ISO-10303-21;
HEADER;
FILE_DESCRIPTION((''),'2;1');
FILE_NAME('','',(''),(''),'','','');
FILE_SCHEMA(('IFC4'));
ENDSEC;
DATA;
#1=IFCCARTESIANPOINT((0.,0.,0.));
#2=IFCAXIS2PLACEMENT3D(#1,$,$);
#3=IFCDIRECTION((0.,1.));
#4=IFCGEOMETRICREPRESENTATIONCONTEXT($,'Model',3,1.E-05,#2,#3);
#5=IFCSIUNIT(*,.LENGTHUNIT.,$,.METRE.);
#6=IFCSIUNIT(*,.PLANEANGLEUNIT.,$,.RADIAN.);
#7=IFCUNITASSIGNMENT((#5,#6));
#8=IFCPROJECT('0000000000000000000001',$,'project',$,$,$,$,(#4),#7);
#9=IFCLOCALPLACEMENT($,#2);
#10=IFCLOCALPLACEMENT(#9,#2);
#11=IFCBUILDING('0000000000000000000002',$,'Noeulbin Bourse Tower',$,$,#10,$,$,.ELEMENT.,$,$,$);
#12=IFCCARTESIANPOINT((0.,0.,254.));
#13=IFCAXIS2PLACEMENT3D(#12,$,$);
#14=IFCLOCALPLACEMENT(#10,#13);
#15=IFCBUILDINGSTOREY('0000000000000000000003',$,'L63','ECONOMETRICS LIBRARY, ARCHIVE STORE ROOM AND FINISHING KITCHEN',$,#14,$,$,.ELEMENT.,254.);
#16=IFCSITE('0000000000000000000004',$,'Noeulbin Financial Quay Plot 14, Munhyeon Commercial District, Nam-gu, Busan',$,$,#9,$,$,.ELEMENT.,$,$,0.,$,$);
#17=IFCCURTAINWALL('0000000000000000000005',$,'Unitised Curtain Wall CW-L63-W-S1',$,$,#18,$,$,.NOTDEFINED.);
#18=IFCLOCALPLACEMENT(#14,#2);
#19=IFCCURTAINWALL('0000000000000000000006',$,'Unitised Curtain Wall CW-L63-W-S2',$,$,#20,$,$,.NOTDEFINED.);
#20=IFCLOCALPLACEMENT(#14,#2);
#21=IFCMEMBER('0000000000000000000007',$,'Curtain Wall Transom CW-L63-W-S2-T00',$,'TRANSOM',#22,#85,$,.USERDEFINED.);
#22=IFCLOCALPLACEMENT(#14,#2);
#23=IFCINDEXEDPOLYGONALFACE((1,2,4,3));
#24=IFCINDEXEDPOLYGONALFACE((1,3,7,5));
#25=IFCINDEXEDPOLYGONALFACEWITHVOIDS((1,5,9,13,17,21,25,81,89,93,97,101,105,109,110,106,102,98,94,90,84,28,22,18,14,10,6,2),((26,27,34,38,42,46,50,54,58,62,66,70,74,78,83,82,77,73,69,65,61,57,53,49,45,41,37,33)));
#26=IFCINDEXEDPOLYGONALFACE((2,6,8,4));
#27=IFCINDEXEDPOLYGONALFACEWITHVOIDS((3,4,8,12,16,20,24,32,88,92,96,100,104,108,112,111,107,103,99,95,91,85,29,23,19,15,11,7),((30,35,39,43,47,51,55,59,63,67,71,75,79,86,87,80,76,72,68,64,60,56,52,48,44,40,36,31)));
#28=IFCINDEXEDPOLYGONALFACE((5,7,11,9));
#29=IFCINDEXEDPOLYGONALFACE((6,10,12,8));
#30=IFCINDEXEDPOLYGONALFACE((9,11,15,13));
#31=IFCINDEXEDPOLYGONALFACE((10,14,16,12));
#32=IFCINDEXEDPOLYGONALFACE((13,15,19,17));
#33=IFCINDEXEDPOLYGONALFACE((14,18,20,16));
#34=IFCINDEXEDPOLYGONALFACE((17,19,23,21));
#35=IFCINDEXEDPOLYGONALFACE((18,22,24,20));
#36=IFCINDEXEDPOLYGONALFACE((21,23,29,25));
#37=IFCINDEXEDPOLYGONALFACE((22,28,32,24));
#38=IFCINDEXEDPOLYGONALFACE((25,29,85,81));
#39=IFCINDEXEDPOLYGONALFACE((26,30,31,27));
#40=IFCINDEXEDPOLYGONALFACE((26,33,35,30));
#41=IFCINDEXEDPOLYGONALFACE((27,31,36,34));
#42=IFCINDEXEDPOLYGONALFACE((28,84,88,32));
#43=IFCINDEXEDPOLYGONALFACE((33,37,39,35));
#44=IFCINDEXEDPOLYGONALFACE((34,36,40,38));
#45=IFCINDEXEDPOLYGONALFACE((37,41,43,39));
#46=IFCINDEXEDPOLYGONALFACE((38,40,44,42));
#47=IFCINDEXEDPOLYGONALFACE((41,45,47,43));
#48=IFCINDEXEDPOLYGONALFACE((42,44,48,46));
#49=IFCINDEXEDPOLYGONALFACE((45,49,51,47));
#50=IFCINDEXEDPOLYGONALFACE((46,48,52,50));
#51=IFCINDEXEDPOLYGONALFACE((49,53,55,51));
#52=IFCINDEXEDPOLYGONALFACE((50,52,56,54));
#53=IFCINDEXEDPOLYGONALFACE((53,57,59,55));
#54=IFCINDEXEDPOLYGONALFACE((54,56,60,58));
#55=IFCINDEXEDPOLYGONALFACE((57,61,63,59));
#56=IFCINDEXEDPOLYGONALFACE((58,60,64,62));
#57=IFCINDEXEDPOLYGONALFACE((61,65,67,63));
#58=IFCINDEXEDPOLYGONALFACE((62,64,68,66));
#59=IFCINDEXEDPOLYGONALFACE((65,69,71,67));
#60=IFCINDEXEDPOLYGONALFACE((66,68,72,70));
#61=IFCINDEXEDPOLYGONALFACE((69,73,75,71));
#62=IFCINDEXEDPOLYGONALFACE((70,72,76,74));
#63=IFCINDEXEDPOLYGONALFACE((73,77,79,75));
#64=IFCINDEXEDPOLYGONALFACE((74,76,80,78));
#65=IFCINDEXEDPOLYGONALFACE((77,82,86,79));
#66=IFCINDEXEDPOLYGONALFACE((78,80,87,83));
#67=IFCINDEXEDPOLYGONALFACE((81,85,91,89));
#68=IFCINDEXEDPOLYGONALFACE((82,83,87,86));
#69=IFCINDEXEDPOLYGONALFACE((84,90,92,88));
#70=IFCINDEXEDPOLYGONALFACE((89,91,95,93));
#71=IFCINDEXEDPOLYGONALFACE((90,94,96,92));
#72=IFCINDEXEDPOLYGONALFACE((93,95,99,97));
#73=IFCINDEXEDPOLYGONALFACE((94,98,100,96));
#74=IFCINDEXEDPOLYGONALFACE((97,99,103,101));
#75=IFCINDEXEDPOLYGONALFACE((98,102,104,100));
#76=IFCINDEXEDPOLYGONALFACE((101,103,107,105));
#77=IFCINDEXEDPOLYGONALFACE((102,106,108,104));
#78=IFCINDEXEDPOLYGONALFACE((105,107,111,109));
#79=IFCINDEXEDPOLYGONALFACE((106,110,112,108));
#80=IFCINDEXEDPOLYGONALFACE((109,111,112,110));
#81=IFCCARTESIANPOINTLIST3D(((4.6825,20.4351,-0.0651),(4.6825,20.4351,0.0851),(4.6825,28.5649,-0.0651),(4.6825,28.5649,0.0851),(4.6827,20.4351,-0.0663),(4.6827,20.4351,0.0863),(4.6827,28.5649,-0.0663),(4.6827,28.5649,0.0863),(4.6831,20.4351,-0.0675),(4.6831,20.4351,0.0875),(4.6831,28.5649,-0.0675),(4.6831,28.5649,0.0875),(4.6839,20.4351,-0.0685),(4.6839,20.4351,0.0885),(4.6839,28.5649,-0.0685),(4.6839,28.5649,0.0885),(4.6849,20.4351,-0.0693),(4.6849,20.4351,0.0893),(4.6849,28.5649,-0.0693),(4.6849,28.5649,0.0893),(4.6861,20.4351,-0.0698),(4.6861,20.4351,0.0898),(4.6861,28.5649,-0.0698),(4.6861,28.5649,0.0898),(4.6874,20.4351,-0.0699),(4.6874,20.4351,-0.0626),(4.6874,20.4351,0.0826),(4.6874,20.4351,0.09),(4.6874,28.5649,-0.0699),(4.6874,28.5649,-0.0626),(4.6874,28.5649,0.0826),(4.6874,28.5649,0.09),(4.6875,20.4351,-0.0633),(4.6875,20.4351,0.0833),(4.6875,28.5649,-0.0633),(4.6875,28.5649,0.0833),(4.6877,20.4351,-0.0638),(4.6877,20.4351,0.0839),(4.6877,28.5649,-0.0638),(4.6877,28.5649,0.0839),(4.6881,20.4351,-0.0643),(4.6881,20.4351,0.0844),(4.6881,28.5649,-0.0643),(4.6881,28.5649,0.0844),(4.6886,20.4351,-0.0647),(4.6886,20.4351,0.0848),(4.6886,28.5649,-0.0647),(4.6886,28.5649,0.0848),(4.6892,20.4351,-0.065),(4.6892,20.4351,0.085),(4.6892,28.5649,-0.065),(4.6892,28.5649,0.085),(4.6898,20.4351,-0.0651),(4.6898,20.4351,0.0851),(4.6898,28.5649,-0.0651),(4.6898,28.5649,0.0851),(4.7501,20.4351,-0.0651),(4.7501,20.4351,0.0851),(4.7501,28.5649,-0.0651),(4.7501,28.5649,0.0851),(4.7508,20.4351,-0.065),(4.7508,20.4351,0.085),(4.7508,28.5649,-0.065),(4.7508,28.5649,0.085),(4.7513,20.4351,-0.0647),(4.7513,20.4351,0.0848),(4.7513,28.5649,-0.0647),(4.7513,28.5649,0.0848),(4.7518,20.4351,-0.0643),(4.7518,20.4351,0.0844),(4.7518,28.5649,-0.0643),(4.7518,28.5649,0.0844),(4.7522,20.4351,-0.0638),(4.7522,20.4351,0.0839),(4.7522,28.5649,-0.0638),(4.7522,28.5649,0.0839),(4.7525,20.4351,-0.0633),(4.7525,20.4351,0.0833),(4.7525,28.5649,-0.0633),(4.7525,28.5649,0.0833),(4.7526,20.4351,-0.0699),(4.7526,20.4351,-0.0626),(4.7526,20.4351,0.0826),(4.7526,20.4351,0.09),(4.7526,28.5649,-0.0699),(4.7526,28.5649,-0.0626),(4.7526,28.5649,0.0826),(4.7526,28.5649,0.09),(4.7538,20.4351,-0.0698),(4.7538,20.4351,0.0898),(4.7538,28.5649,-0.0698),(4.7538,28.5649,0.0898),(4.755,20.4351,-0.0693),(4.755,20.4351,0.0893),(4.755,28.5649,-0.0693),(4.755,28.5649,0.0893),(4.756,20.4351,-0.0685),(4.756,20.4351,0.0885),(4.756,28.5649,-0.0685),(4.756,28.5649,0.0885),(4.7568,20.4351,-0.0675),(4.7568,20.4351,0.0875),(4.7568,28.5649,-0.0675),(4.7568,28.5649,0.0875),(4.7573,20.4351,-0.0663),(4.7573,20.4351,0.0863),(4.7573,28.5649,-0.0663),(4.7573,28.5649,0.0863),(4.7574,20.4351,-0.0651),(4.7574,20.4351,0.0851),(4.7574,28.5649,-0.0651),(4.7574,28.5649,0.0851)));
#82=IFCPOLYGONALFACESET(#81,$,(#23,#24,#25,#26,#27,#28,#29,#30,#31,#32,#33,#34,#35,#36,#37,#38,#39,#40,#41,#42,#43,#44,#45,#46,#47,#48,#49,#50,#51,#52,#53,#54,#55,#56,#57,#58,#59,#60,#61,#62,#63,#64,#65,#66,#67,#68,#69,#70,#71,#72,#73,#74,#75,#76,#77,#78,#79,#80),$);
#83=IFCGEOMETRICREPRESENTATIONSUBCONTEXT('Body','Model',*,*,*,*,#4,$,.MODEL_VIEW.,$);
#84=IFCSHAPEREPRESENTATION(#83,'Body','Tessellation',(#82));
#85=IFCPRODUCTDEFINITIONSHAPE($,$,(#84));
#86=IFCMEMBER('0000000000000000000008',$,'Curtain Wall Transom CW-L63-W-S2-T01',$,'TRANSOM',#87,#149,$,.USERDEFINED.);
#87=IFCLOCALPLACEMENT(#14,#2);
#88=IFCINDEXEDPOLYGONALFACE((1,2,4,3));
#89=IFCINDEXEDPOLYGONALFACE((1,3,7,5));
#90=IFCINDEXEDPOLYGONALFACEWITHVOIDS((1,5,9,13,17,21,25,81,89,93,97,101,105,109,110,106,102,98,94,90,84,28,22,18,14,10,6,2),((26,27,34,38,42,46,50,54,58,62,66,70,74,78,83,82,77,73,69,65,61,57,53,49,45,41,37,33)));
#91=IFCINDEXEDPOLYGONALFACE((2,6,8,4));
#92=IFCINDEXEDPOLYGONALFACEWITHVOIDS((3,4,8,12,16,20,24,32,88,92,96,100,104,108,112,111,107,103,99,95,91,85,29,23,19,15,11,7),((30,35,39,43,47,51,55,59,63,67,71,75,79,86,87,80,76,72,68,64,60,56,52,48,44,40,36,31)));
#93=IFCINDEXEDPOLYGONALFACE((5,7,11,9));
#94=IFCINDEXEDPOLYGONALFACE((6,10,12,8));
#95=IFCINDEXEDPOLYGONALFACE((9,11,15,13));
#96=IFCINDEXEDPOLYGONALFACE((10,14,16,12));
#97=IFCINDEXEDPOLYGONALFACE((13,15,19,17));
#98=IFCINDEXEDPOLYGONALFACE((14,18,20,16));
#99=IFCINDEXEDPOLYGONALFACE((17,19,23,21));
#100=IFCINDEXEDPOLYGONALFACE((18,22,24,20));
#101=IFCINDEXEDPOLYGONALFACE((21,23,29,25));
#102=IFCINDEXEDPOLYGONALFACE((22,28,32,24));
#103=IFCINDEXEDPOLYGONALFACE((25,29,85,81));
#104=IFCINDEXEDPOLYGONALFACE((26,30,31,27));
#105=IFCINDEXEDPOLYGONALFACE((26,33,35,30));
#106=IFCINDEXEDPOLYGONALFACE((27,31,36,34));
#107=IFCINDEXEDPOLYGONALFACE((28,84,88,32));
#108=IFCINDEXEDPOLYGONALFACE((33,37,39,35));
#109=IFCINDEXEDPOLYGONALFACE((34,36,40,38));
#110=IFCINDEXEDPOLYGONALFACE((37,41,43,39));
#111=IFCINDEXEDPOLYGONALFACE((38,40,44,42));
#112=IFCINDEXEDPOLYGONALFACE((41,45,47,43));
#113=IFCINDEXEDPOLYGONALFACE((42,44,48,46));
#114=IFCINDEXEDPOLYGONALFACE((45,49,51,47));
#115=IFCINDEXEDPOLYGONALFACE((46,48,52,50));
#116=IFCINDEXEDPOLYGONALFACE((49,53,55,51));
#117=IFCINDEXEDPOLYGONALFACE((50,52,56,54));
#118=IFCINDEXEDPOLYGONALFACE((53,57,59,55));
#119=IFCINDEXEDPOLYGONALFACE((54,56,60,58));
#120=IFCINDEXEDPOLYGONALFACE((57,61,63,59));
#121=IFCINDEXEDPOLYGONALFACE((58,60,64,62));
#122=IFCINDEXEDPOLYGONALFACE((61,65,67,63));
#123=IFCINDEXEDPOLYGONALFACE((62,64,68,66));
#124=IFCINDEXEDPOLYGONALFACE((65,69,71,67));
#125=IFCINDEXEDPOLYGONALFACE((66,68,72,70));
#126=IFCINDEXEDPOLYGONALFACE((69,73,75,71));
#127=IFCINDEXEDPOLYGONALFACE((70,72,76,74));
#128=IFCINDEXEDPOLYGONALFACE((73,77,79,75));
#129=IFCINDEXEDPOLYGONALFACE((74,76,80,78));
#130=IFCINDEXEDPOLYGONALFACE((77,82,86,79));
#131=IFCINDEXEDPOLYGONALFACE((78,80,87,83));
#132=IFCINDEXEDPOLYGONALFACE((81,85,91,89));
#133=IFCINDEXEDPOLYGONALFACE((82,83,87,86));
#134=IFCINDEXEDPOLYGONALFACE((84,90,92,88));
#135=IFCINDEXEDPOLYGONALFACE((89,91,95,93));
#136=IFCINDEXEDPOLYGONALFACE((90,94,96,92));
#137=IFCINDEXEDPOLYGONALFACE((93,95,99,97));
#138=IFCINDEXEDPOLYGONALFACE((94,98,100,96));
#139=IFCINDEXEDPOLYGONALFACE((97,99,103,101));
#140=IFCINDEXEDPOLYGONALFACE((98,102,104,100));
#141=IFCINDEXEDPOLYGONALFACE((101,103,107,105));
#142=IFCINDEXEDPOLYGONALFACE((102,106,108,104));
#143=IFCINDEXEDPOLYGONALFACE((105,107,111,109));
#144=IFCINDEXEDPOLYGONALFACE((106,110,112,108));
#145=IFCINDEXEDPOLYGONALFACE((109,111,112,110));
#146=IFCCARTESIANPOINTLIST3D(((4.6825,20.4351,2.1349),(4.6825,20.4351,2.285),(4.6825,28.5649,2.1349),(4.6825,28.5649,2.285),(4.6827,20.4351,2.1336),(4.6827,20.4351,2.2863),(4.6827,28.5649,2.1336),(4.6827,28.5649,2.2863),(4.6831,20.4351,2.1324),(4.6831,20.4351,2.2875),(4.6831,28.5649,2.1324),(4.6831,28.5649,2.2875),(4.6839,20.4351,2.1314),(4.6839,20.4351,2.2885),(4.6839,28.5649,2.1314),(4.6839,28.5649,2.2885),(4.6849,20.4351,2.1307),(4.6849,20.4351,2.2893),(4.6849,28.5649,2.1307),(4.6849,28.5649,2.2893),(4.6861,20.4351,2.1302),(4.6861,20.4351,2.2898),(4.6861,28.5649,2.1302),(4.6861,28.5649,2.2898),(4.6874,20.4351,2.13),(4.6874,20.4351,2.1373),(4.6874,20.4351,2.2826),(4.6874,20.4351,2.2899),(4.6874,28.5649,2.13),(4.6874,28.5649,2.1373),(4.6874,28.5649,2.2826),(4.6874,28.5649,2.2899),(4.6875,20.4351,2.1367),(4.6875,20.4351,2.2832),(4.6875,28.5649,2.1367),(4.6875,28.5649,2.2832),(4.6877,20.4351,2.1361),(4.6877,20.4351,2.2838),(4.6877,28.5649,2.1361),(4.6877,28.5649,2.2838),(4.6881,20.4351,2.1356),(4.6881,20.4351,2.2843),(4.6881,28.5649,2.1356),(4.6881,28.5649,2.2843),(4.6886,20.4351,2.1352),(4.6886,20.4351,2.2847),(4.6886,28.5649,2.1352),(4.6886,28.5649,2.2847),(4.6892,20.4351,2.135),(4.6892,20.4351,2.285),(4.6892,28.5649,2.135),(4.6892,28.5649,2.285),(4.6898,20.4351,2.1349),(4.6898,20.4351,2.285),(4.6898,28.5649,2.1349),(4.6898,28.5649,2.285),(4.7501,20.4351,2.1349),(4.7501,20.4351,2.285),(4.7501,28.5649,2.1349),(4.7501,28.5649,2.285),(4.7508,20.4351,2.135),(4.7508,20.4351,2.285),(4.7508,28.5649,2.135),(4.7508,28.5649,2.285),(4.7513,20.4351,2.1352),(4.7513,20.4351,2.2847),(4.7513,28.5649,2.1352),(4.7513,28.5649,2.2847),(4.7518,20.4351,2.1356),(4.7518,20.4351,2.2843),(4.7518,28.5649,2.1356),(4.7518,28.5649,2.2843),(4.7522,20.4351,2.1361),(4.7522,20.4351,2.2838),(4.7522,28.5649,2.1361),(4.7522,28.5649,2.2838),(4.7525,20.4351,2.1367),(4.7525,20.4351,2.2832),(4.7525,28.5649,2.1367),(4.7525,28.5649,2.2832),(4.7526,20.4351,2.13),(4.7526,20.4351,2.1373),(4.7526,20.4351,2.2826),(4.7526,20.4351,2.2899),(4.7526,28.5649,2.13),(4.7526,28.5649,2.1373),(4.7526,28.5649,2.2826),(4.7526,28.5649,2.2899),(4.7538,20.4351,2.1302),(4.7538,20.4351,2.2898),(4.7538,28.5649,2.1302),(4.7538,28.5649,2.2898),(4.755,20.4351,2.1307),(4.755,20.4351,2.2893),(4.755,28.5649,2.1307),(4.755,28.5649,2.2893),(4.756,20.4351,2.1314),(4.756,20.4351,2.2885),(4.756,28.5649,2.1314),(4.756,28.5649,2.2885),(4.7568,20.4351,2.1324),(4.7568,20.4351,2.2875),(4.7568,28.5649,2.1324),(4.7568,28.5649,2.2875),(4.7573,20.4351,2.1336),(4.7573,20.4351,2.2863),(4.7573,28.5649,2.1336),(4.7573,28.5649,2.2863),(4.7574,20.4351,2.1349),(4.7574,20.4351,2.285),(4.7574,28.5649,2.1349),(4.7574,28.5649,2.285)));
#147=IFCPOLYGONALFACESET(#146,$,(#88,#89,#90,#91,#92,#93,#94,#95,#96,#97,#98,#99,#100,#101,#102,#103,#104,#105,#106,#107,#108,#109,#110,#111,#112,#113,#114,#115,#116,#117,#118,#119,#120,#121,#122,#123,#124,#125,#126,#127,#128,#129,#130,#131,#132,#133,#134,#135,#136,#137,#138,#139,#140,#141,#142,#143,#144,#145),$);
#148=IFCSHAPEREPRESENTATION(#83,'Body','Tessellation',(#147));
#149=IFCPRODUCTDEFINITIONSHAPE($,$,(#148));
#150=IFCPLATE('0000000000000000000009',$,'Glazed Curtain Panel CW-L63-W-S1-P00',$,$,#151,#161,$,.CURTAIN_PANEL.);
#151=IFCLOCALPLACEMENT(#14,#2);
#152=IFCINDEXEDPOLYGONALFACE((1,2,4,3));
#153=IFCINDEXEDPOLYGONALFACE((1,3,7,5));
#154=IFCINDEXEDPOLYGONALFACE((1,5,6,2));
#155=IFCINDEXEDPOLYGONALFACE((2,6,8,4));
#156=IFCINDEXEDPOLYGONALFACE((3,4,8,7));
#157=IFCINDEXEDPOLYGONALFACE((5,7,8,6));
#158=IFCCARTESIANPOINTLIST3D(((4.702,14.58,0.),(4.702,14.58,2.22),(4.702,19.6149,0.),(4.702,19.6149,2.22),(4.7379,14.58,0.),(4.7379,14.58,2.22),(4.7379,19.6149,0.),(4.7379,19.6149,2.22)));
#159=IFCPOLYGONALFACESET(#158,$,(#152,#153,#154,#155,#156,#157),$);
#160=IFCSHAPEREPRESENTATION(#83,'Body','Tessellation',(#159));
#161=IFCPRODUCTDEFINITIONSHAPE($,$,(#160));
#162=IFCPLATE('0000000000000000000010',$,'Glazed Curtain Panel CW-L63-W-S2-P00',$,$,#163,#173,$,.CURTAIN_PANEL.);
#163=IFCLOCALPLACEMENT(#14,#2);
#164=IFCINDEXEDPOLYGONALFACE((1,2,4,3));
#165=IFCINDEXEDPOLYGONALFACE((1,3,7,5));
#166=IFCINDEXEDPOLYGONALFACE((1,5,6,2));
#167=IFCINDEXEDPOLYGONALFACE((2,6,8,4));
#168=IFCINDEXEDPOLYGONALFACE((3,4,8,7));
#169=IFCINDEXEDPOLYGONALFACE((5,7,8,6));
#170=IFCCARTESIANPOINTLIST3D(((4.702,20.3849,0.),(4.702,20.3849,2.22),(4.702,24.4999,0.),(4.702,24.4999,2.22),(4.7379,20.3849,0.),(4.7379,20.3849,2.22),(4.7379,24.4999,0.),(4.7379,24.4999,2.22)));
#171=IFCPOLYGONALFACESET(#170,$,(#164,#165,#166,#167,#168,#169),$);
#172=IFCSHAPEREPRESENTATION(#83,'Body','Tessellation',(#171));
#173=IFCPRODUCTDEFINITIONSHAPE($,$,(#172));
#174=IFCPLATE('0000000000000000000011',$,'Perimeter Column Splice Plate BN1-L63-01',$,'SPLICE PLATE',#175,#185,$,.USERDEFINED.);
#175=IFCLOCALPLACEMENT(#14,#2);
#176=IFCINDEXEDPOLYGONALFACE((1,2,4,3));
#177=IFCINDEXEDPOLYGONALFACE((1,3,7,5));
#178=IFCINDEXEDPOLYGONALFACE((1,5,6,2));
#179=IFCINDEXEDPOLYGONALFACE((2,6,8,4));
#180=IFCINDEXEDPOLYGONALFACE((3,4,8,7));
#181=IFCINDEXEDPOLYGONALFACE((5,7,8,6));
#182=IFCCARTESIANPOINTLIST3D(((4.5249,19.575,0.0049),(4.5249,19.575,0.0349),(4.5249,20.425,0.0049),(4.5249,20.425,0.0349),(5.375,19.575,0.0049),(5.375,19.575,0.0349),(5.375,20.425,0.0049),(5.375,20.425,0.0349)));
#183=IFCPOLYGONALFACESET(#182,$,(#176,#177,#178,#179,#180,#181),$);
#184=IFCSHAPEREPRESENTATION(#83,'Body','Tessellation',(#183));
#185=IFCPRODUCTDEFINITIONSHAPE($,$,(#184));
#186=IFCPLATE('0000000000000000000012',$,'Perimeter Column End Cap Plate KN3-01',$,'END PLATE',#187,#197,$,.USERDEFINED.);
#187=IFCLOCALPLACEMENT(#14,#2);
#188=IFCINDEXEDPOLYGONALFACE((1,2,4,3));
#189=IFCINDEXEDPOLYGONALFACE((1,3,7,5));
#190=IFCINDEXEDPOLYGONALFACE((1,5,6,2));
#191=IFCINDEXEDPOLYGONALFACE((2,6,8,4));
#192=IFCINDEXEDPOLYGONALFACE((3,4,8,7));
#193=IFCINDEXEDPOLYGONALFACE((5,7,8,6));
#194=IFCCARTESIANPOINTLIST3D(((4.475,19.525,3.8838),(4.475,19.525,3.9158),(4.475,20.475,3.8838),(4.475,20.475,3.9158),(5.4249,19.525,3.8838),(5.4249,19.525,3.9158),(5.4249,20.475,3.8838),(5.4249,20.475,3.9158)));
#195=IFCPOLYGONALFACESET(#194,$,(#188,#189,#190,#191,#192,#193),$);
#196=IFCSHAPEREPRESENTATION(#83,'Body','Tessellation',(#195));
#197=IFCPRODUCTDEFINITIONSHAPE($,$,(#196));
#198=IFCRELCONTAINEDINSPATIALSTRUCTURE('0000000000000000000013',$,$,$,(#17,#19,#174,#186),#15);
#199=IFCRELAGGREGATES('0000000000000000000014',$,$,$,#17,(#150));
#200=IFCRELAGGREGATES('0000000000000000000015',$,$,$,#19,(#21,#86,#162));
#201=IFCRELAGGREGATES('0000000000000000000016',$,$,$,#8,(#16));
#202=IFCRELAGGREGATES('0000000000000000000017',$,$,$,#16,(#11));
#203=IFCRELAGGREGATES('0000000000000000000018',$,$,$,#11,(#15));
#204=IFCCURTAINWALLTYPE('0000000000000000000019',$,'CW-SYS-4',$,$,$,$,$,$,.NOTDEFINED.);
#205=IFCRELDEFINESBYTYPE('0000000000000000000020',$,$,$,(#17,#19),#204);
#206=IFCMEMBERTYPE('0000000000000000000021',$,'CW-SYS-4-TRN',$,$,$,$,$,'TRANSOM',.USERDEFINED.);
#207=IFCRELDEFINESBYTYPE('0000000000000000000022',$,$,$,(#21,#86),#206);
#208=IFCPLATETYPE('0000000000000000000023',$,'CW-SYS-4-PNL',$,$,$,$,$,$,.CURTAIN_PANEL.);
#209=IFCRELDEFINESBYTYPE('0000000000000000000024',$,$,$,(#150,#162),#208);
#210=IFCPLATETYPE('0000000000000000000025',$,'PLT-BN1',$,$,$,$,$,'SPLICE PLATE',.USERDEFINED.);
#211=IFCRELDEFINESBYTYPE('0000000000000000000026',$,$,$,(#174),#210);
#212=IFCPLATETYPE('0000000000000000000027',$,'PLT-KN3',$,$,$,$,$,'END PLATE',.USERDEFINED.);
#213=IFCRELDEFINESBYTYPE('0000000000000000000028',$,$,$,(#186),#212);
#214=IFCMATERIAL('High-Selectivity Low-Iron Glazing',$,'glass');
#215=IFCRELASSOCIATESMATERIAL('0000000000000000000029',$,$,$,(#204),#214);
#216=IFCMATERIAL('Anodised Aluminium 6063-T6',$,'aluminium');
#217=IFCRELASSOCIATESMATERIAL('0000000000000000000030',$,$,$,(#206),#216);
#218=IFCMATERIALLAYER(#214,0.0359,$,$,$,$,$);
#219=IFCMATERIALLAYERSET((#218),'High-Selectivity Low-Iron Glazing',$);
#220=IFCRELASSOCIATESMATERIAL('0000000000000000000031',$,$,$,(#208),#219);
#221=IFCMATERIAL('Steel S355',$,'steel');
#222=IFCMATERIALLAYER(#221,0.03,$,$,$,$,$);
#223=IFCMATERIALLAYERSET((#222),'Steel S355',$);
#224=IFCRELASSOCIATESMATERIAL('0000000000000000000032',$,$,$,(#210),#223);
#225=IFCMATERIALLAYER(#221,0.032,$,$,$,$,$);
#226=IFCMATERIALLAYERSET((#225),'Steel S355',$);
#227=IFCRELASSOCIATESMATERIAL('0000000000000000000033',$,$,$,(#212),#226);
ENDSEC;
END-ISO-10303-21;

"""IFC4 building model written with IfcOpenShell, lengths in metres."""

from ifc_helpers import new_model, si_unit, direction, frame, origin, origin_2d, place, context, subcontext, project, spatial, rectangle, hollow_rectangle, extrude, material, layer, layer_set, material_profile, profile_set, type_object, element, aggregate, save


model = new_model("IFC4")

# Units and contexts
model_context = context("Model", 3, precision=1e-05, world=origin(), true_north=direction((0.0, 1.0)))
body_context = subcontext(model_context, "Body", "Model", "MODEL_VIEW")
ifc_project = project(units=[si_unit("LENGTHUNIT", "METRE"), si_unit("PLANEANGLEUNIT", "RADIAN")], contexts=[model_context])

# Site, building, storey
site_placement = place(None, origin())
site = spatial("IfcSite", under=ifc_project, at=site_placement, Name="Noeulbin Financial Quay Plot 14, Munhyeon Commercial District, Nam-gu, Busan", CompositionType="ELEMENT", RefElevation=0.0)
building_placement = place(site_placement, origin())
building = spatial("IfcBuilding", under=site, at=building_placement, Name="Noeulbin Bourse Tower", CompositionType="ELEMENT")
storey_placement = place(building_placement, frame((0.0, 0.0, 254.0)))
storey = spatial("IfcBuildingStorey", under=building, at=storey_placement, Name="L63", Description="ECONOMETRICS LIBRARY, ARCHIVE STORE ROOM AND FINISHING KITCHEN", CompositionType="ELEMENT", Elevation=254.0)

# Shared definitions
ifc_material_1 = material(Name="Steel S355", Category="steel")

# Curtain wall
ifc_material_2 = material(Name="High-Selectivity Low-Iron Glazing", Category="glass")
curtain_wall_type = type_object("IfcCurtainWallType", Name="CW-SYS-4", PredefinedType="NOTDEFINED", material=ifc_material_2)
curtain_wall_1_placement = place(storey_placement, origin())
curtain_wall_1 = element("IfcCurtainWall", 1, at=curtain_wall_1_placement, inside=storey, type_object=curtain_wall_type, Name="Unitised Curtain Wall CW-L63-W-S1", PredefinedType="NOTDEFINED")
ifc_material_3 = material(Name="Anodised Aluminium 6063-T6", Category="aluminium")

# Curtain wall
curtain_wall_2_placement = place(storey_placement, origin())
curtain_wall_2 = element("IfcCurtainWall", 2, at=curtain_wall_2_placement, inside=storey, type_object=curtain_wall_type, Name="Unitised Curtain Wall CW-L63-W-S2", PredefinedType="NOTDEFINED")

# Members
ifc_material_profile_1 = material_profile(ifc_material_3, hollow_rectangle(XDim=0.075, YDim=0.1599, WallThickness=0.0049, InnerFilletRadius=0.0024, OuterFilletRadius=0.0049, at=origin_2d()), Name="ALU-TRAN-75x160x5", Category="LoadBearing")
ifc_profile_set_1 = profile_set([ifc_material_profile_1], Name="Anodised Aluminium 6063-T6")
member_type_1 = type_object("IfcMemberType", Name="CW-SYS-4-TRN", ElementType="TRANSOM", PredefinedType="USERDEFINED", material=ifc_profile_set_1)
member_1_placement = place(storey_placement, frame((4.72, 20.4351, 0.01), z_axis=(0.0, 1.0, 0.0), x_axis=(-1.0, 0.0, 0.0)))
member_1 = element("IfcMember", 3, at=member_1_placement, type_object=member_type_1, Name="Curtain Wall Transom CW-L63-W-S2-T00", ObjectType="TRANSOM", PredefinedType="USERDEFINED", context=body_context, shape_type="SweptSolid", body=[
    extrude(hollow_rectangle(XDim=0.075, YDim=0.1599, WallThickness=0.0049, InnerFilletRadius=0.0024, OuterFilletRadius=0.0049, at=origin_2d()), origin(), (0.0, 0.0, 1.0), 8.1299),
])
member_2_placement = place(storey_placement, frame((4.72, 20.4351, 2.21), z_axis=(0.0, 1.0, 0.0), x_axis=(-1.0, 0.0, 0.0)))
member_2 = element("IfcMember", 4, at=member_2_placement, type_object=member_type_1, Name="Curtain Wall Transom CW-L63-W-S2-T01", ObjectType="TRANSOM", PredefinedType="USERDEFINED", context=body_context, shape_type="SweptSolid", body=[
    extrude(hollow_rectangle(XDim=0.075, YDim=0.1599, WallThickness=0.0049, InnerFilletRadius=0.0024, OuterFilletRadius=0.0049, at=origin_2d()), origin(), (0.0, 0.0, 1.0), 8.1299),
])

# Plates
ifc_layer_1 = layer(ifc_material_2, 0.0359)
ifc_layer_set_1 = layer_set([ifc_layer_1], Name="High-Selectivity Low-Iron Glazing")
plate_type_1 = type_object("IfcPlateType", Name="CW-SYS-4-PNL", PredefinedType="CURTAIN_PANEL", material=ifc_layer_set_1)
plate_1_placement = place(storey_placement, frame((4.72, 17.0974, 0.0), z_axis=(0.0, 0.0, 1.0), x_axis=(0.0, 1.0, 0.0)))
plate_1 = element("IfcPlate", 5, at=plate_1_placement, type_object=plate_type_1, Name="Glazed Curtain Panel CW-L63-W-S1-P00", PredefinedType="CURTAIN_PANEL", context=body_context, shape_type="SweptSolid", body=[
    extrude(rectangle(XDim=5.0349, YDim=0.0359, at=origin_2d()), origin(), (0.0, 0.0, 1.0), 2.22),
])
aggregate(curtain_wall_1, [plate_1])
plate_2_placement = place(storey_placement, frame((4.72, 22.4424, 0.0), z_axis=(0.0, 0.0, 1.0), x_axis=(0.0, 1.0, 0.0)))
plate_2 = element("IfcPlate", 6, at=plate_2_placement, type_object=plate_type_1, Name="Glazed Curtain Panel CW-L63-W-S2-P00", PredefinedType="CURTAIN_PANEL", context=body_context, shape_type="SweptSolid", body=[
    extrude(rectangle(XDim=4.115, YDim=0.0359, at=origin_2d()), origin(), (0.0, 0.0, 1.0), 2.22),
])
aggregate(curtain_wall_2, [member_1, member_2, plate_2])

# Plates
ifc_layer_2 = layer(ifc_material_1, 0.03)
ifc_layer_set_2 = layer_set([ifc_layer_2], Name="Steel S355")
plate_type_2 = type_object("IfcPlateType", Name="PLT-BN1", ElementType="SPLICE PLATE", PredefinedType="USERDEFINED", material=ifc_layer_set_2)
plate_3_placement = place(storey_placement, frame((4.95, 20.0, 0.0049), z_axis=(0.0, 0.0, 1.0), x_axis=(1.0, 0.0, 0.0)))
element("IfcPlate", 7, at=plate_3_placement, inside=storey, type_object=plate_type_2, Name="Perimeter Column Splice Plate BN1-L63-01", ObjectType="SPLICE PLATE", PredefinedType="USERDEFINED", context=body_context, shape_type="SweptSolid", body=[
    extrude(rectangle(XDim=0.8501, YDim=0.8501, at=origin_2d()), origin(), (0.0, 0.0, 1.0), 0.03),
])
ifc_layer_3 = layer(ifc_material_1, 0.032)
ifc_layer_set_3 = layer_set([ifc_layer_3], Name="Steel S355")
plate_type_3 = type_object("IfcPlateType", Name="PLT-KN3", ElementType="END PLATE", PredefinedType="USERDEFINED", material=ifc_layer_set_3)
plate_4_placement = place(storey_placement, frame((4.95, 20.0, 3.8838), z_axis=(0.0, 0.0, 1.0), x_axis=(1.0, 0.0, 0.0)))
element("IfcPlate", 8, at=plate_4_placement, inside=storey, type_object=plate_type_3, Name="Perimeter Column End Cap Plate KN3-01", ObjectType="END PLATE", PredefinedType="USERDEFINED", context=body_context, shape_type="SweptSolid", body=[
    extrude(rectangle(XDim=0.95, YDim=0.95, at=origin_2d()), origin(), (0.0, 0.0, 1.0), 0.032),
])

save(model, "model.ifc")
